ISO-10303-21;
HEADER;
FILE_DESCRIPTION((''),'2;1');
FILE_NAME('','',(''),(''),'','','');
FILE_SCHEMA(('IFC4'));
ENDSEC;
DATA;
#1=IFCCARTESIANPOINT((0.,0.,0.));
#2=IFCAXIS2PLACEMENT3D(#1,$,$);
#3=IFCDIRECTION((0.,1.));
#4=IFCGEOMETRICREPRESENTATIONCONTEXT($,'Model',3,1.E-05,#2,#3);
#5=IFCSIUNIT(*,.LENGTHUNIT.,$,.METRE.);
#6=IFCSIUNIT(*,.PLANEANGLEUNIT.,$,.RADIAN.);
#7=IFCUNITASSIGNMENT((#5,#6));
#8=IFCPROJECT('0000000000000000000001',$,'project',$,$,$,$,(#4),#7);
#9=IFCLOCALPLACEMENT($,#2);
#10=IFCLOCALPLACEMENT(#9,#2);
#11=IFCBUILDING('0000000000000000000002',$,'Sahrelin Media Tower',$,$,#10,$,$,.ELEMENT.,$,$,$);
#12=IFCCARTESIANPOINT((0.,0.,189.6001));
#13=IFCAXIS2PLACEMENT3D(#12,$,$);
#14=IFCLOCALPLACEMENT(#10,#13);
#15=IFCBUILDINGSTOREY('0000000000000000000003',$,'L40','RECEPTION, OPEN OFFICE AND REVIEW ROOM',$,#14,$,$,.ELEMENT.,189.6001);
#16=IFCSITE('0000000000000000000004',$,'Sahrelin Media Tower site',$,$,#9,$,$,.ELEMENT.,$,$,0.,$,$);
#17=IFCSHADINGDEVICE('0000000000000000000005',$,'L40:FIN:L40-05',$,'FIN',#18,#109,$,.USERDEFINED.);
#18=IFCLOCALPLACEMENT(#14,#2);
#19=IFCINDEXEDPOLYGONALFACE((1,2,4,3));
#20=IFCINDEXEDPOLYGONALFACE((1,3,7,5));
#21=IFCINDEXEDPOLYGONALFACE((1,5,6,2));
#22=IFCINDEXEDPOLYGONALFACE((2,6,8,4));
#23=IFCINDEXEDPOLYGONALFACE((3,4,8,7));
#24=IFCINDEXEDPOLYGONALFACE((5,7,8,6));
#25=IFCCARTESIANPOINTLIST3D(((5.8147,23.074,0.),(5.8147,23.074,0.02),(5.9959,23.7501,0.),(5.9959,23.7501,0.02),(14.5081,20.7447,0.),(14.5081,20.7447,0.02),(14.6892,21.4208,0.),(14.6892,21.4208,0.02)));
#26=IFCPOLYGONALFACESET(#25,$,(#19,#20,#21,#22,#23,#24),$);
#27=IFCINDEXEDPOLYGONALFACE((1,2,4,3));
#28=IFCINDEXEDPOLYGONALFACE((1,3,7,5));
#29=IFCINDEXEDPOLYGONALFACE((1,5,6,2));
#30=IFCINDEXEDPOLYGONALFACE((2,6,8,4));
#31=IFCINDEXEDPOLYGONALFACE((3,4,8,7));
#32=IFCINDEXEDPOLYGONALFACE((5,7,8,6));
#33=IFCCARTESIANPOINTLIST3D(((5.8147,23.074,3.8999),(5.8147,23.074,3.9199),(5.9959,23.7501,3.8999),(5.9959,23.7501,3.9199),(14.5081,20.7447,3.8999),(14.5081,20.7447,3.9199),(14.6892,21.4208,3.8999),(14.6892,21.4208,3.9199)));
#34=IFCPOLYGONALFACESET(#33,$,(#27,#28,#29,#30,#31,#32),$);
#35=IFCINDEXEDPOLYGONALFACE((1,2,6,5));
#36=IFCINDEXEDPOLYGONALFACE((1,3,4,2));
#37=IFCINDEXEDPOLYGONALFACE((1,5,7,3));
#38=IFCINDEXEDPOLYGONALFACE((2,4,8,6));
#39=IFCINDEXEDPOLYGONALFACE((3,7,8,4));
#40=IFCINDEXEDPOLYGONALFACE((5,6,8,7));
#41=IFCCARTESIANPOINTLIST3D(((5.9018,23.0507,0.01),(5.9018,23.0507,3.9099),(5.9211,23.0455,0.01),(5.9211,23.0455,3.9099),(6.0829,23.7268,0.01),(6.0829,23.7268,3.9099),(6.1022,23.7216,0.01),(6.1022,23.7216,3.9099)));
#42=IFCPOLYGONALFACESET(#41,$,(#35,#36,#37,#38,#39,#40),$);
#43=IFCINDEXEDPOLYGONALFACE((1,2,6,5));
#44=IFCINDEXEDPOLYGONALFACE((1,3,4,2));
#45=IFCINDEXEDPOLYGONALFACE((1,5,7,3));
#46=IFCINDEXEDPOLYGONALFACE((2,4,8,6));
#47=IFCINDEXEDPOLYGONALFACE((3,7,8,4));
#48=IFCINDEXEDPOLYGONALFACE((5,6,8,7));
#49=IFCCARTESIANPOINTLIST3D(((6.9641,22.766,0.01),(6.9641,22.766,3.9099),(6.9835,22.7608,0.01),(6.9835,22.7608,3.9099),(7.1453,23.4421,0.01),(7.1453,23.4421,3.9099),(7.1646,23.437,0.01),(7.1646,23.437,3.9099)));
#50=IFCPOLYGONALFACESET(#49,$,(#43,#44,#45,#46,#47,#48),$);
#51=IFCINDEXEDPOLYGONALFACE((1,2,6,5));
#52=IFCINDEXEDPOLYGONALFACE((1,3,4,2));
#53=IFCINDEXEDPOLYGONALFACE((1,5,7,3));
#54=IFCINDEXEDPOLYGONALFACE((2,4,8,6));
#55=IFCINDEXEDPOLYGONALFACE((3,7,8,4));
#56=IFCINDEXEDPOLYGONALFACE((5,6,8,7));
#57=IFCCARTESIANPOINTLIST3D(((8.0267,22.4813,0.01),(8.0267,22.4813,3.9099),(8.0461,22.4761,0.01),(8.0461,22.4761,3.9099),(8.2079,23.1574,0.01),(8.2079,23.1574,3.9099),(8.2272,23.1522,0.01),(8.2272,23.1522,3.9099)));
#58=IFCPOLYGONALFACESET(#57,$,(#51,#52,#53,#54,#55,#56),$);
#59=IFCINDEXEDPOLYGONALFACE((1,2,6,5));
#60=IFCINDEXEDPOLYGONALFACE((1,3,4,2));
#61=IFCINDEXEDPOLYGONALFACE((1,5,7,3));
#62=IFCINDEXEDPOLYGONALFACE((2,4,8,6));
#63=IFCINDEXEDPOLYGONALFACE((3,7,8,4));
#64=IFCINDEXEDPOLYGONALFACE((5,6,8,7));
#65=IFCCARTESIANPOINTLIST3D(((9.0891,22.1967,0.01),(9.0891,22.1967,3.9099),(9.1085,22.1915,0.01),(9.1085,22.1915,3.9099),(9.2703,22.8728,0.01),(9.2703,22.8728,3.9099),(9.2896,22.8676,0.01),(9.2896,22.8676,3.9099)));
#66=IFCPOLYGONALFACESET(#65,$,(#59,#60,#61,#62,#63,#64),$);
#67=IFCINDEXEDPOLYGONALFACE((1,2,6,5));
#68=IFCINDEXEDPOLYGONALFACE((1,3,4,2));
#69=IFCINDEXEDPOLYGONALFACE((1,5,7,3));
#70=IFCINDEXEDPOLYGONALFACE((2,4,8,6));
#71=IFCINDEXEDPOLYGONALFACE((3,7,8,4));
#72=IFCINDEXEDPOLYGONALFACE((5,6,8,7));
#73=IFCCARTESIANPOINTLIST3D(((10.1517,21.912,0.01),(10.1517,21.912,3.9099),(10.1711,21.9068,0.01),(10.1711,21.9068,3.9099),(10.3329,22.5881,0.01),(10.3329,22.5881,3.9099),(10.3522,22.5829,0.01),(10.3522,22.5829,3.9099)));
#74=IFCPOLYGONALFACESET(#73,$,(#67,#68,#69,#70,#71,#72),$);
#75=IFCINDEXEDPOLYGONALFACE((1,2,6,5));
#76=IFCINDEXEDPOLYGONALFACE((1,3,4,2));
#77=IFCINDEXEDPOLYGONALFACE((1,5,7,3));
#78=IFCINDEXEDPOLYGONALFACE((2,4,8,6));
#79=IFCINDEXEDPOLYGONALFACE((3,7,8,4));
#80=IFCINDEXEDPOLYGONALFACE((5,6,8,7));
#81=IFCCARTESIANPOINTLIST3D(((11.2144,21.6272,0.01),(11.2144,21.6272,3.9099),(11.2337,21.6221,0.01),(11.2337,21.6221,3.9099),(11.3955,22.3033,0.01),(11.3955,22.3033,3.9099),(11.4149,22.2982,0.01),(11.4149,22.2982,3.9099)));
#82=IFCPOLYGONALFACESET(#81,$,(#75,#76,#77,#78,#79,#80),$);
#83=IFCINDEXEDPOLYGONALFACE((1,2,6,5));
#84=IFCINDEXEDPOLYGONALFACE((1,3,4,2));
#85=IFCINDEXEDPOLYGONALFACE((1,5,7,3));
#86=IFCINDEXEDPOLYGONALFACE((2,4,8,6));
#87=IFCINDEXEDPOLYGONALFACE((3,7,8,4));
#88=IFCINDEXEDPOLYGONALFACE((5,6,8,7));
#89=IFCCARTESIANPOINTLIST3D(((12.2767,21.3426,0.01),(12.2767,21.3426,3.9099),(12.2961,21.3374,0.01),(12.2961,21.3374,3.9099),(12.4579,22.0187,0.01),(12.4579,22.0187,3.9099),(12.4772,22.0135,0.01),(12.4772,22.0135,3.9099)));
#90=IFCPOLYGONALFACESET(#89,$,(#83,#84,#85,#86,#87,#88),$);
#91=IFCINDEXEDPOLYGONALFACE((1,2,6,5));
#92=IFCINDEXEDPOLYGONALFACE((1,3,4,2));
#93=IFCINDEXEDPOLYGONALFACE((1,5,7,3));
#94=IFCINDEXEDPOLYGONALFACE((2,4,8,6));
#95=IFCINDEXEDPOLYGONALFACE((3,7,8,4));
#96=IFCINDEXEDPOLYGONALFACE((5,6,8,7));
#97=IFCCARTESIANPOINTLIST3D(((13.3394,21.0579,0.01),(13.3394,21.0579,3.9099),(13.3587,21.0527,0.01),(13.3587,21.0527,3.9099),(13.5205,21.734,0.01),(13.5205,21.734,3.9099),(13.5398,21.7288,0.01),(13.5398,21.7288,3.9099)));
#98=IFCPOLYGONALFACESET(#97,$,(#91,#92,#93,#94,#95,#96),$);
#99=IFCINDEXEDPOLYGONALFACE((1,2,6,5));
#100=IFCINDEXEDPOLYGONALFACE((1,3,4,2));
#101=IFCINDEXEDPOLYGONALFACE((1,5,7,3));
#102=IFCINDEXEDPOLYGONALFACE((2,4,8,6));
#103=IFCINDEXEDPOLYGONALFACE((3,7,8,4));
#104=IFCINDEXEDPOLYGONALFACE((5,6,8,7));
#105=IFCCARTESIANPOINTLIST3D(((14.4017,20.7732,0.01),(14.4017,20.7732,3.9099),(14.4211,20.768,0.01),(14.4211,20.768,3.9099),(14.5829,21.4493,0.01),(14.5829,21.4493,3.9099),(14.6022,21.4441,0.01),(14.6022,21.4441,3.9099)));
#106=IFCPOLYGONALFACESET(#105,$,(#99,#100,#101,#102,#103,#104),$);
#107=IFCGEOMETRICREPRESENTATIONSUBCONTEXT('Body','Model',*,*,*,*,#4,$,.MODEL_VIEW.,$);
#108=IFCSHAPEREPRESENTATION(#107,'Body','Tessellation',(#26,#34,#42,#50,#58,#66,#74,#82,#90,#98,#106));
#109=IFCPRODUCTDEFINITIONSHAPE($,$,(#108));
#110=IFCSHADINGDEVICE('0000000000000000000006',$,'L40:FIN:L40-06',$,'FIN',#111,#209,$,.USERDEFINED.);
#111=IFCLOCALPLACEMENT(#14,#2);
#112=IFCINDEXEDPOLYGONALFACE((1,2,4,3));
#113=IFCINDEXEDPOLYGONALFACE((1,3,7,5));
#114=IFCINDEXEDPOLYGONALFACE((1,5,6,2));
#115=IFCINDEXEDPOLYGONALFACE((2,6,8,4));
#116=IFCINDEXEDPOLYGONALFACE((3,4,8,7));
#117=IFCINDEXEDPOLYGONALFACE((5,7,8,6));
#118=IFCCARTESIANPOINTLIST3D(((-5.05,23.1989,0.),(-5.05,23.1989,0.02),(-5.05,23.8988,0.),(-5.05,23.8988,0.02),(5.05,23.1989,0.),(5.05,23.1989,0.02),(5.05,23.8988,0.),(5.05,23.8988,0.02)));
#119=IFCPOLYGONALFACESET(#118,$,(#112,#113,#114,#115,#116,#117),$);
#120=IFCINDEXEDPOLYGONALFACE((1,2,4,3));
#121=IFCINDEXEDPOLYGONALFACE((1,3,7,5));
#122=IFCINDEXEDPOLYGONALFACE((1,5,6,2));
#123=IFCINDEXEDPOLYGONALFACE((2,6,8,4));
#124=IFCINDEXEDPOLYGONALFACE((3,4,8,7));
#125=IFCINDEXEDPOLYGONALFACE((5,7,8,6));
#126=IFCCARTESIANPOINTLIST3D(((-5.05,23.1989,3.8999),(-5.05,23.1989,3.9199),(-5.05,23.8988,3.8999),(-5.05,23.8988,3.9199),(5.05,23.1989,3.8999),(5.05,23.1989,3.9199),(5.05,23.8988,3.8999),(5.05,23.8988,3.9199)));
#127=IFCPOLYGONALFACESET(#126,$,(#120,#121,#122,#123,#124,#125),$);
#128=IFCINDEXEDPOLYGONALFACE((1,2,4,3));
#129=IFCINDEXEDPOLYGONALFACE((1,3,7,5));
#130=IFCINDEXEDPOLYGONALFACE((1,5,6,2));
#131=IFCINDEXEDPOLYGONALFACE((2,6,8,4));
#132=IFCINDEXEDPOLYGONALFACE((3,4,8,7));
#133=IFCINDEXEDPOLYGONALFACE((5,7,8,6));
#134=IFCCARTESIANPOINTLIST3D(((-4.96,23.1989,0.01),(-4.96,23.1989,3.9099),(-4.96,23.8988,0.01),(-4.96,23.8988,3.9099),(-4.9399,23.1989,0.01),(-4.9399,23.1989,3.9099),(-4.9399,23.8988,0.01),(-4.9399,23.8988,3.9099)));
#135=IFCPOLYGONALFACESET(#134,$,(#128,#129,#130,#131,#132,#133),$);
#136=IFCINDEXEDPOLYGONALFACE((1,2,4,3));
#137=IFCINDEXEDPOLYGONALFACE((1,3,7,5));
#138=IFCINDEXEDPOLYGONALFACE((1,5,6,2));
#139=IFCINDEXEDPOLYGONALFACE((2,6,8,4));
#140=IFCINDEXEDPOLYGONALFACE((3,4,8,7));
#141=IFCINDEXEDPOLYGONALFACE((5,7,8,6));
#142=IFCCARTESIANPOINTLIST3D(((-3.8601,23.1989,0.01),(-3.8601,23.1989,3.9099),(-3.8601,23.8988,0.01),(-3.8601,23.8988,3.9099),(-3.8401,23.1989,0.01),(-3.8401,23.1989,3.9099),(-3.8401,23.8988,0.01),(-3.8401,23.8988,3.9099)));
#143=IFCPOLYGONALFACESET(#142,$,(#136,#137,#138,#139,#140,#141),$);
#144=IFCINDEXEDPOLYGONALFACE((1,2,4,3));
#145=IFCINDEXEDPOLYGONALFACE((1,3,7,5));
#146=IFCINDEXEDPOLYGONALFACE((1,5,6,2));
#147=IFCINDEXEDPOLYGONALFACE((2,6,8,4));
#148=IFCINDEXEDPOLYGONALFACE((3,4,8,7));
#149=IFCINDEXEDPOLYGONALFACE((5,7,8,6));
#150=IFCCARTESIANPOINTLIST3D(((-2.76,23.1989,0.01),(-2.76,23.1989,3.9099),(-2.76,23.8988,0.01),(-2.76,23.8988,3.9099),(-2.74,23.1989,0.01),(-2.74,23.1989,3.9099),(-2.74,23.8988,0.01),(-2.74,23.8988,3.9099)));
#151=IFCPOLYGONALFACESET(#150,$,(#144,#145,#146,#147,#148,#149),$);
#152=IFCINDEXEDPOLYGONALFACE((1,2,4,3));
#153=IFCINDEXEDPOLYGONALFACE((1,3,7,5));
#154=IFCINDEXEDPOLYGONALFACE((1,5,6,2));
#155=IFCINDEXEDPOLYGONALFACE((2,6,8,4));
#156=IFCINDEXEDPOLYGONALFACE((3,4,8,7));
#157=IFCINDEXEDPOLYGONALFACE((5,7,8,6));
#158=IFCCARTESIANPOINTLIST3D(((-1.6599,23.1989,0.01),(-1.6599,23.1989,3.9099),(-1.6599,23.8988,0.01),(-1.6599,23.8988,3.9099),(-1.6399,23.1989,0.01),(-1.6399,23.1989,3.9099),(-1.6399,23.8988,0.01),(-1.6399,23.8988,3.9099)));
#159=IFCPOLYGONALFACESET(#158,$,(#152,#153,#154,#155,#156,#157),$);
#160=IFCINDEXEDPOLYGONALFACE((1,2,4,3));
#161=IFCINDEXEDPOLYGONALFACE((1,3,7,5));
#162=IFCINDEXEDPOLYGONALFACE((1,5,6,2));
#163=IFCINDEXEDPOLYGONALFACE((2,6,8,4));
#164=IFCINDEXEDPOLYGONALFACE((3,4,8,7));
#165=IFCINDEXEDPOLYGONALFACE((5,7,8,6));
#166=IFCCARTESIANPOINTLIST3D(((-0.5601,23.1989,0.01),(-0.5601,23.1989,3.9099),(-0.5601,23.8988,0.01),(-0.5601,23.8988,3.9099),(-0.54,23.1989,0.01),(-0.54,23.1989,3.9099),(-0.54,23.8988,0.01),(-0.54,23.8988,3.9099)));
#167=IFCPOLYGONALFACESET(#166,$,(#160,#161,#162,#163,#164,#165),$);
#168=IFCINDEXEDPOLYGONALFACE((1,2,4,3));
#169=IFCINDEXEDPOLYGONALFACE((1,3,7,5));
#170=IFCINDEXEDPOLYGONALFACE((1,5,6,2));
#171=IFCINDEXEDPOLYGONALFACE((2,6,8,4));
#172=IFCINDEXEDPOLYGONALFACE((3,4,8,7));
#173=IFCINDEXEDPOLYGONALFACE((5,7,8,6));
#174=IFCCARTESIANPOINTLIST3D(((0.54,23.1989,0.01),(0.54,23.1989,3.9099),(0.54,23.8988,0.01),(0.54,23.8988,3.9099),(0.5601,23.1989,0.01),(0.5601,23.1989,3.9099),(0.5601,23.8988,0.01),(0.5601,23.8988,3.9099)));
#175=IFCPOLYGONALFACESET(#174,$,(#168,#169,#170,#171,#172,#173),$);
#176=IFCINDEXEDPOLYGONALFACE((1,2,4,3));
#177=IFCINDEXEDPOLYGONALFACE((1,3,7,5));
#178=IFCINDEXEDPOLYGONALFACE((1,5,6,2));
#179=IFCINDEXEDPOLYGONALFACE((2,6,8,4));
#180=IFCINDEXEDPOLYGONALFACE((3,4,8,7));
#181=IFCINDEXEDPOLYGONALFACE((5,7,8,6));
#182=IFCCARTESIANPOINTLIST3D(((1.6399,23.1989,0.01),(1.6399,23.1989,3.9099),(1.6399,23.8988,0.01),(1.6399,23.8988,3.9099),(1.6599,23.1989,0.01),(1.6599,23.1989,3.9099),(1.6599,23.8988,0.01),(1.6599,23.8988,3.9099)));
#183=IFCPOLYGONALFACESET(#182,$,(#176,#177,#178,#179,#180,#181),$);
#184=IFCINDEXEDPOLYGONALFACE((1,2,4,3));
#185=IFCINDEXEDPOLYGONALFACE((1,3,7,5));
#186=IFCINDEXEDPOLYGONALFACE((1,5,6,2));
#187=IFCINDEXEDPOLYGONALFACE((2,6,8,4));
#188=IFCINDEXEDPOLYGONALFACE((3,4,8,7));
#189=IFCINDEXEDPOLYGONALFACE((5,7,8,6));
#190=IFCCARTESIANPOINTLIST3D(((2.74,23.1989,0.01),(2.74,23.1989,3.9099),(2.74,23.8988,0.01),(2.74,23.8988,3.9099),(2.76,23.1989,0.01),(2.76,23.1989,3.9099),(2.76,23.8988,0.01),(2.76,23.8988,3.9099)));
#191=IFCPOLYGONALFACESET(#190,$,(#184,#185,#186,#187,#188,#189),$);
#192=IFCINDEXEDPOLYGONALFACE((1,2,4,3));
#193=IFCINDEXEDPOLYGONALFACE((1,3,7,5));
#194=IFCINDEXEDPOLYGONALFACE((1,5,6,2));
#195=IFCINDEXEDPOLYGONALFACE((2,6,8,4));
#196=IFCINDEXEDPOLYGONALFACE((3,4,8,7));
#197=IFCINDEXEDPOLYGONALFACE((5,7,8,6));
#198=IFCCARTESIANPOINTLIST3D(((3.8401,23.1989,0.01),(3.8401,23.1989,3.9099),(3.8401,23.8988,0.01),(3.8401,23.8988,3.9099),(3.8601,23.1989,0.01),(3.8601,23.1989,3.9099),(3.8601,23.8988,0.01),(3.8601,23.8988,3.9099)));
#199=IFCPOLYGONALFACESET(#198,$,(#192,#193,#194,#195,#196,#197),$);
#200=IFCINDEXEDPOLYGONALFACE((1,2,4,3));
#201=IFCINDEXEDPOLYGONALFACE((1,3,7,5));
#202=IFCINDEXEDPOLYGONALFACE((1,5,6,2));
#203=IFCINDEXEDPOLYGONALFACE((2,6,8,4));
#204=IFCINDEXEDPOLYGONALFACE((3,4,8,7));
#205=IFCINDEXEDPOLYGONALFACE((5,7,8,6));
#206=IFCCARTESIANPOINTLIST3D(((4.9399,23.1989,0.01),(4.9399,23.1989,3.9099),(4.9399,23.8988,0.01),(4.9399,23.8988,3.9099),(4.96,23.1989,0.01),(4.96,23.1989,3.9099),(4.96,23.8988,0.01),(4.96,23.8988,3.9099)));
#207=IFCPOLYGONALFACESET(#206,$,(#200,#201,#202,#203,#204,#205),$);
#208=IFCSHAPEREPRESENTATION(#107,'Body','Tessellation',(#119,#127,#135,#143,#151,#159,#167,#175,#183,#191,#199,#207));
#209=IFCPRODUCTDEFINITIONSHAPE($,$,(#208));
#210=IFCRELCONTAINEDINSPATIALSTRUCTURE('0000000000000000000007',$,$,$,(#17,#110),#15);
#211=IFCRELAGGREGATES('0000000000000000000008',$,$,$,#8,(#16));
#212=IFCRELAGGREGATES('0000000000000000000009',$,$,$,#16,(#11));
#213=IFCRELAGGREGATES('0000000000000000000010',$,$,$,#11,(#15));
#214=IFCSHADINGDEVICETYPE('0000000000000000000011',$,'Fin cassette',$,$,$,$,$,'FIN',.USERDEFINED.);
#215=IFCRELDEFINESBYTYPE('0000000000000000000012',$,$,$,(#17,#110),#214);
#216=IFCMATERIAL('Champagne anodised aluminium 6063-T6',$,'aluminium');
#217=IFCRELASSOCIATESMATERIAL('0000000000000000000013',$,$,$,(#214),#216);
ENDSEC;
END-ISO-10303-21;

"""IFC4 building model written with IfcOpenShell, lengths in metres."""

from ifc_helpers import new_model, si_unit, direction, frame, origin, origin_2d, place, context, subcontext, project, spatial, rectangle, extrude, material, type_object, element, save


model = new_model("IFC4")

# Units and contexts
model_context = context("Model", 3, precision=1e-05, world=origin(), true_north=direction((0.0, 1.0)))
body_context = subcontext(model_context, "Body", "Model", "MODEL_VIEW")
ifc_project = project(units=[si_unit("LENGTHUNIT", "METRE"), si_unit("PLANEANGLEUNIT", "RADIAN")], contexts=[model_context])

# Site, building, storey
site_placement = place(None, origin())
site = spatial("IfcSite", under=ifc_project, at=site_placement, Name="Sahrelin Media Tower site", CompositionType="ELEMENT", RefElevation=0.0)
building_placement = place(site_placement, origin())
building = spatial("IfcBuilding", under=site, at=building_placement, Name="Sahrelin Media Tower", CompositionType="ELEMENT")
storey_placement = place(building_placement, frame((0.0, 0.0, 189.6001)))
storey = spatial("IfcBuildingStorey", under=building, at=storey_placement, Name="L40", Description="RECEPTION, OPEN OFFICE AND REVIEW ROOM", CompositionType="ELEMENT", Elevation=189.6001)

# Shared definitions
ifc_material_1 = material(Name="Champagne anodised aluminium 6063-T6", Category="aluminium")
placement_1 = place(storey_placement, frame((0.0, 23.1289, 0.0), z_axis=(0.0, 0.0, 1.0), x_axis=(1.0, 0.0, 0.0)))

# Shading devices
shading_device_type_1 = type_object("IfcShadingDeviceType", Name="Fin cassette", ElementType="FIN", PredefinedType="USERDEFINED", material=ifc_material_1)
placement_2 = place(storey_placement, frame((10.1433, 21.8418, 0.0), z_axis=(0.0, 0.0, 1.0), x_axis=(0.965929, -0.258808, 0.0)))
element("IfcShadingDevice", 1, at=placement_2, inside=storey, type_object=shading_device_type_1, Name="L40:FIN:L40-05", ObjectType="FIN", PredefinedType="USERDEFINED", context=body_context, shape_type="SweptSolid", body=[
    extrude(rectangle(XDim=9.0, YDim=0.7, at=origin_2d()), frame((0.0, 0.4199, 0.0)), (0.0, 0.0, 1.0), 0.02),
    extrude(rectangle(XDim=9.0, YDim=0.7, at=origin_2d()), frame((0.0, 0.4199, 3.8999)), (0.0, 0.0, 1.0), 0.02),
    extrude(rectangle(XDim=0.02, YDim=0.7, at=origin_2d()), frame((-4.3999, 0.4199, 0.01), z_axis=(0.0, 0.0, 1.0), x_axis=(1.0, 0.0, 0.0)), (0.0, 0.0, 1.0), 3.8999),
    extrude(rectangle(XDim=0.02, YDim=0.7, at=origin_2d()), frame((-3.3, 0.4199, 0.01), z_axis=(0.0, 0.0, 1.0), x_axis=(1.0, 0.0, 0.0)), (0.0, 0.0, 1.0), 3.8999),
    extrude(rectangle(XDim=0.02, YDim=0.7, at=origin_2d()), frame((-2.2, 0.4199, 0.01), z_axis=(0.0, 0.0, 1.0), x_axis=(1.0, 0.0, 0.0)), (0.0, 0.0, 1.0), 3.8999),
    extrude(rectangle(XDim=0.02, YDim=0.7, at=origin_2d()), frame((-1.1001, 0.4199, 0.01), z_axis=(0.0, 0.0, 1.0), x_axis=(1.0, 0.0, 0.0)), (0.0, 0.0, 1.0), 3.8999),
    extrude(rectangle(XDim=0.02, YDim=0.7, at=origin_2d()), frame((0.0, 0.4199, 0.01), z_axis=(0.0, 0.0, 1.0), x_axis=(1.0, 0.0, 0.0)), (0.0, 0.0, 1.0), 3.8999),
    extrude(rectangle(XDim=0.02, YDim=0.7, at=origin_2d()), frame((1.1001, 0.4199, 0.01), z_axis=(0.0, 0.0, 1.0), x_axis=(1.0, 0.0, 0.0)), (0.0, 0.0, 1.0), 3.8999),
    extrude(rectangle(XDim=0.02, YDim=0.7, at=origin_2d()), frame((2.2, 0.4199, 0.01), z_axis=(0.0, 0.0, 1.0), x_axis=(1.0, 0.0, 0.0)), (0.0, 0.0, 1.0), 3.8999),
    extrude(rectangle(XDim=0.02, YDim=0.7, at=origin_2d()), frame((3.3, 0.4199, 0.01), z_axis=(0.0, 0.0, 1.0), x_axis=(1.0, 0.0, 0.0)), (0.0, 0.0, 1.0), 3.8999),
    extrude(rectangle(XDim=0.02, YDim=0.7, at=origin_2d()), frame((4.3999, 0.4199, 0.01), z_axis=(0.0, 0.0, 1.0), x_axis=(1.0, 0.0, 0.0)), (0.0, 0.0, 1.0), 3.8999),
])
element("IfcShadingDevice", 2, at=placement_1, inside=storey, type_object=shading_device_type_1, Name="L40:FIN:L40-06", ObjectType="FIN", PredefinedType="USERDEFINED", context=body_context, shape_type="SweptSolid", body=[
    extrude(rectangle(XDim=10.1001, YDim=0.7, at=origin_2d()), frame((0.0, 0.4199, 0.0)), (0.0, 0.0, 1.0), 0.02),
    extrude(rectangle(XDim=10.1001, YDim=0.7, at=origin_2d()), frame((0.0, 0.4199, 3.8999)), (0.0, 0.0, 1.0), 0.02),
    extrude(rectangle(XDim=0.02, YDim=0.7, at=origin_2d()), frame((-4.95, 0.4199, 0.01), z_axis=(0.0, 0.0, 1.0), x_axis=(1.0, 0.0, 0.0)), (0.0, 0.0, 1.0), 3.8999),
    extrude(rectangle(XDim=0.02, YDim=0.7, at=origin_2d()), frame((-3.8501, 0.4199, 0.01), z_axis=(0.0, 0.0, 1.0), x_axis=(1.0, 0.0, 0.0)), (0.0, 0.0, 1.0), 3.8999),
    extrude(rectangle(XDim=0.02, YDim=0.7, at=origin_2d()), frame((-2.75, 0.4199, 0.01), z_axis=(0.0, 0.0, 1.0), x_axis=(1.0, 0.0, 0.0)), (0.0, 0.0, 1.0), 3.8999),
    extrude(rectangle(XDim=0.02, YDim=0.7, at=origin_2d()), frame((-1.6499, 0.4199, 0.01), z_axis=(0.0, 0.0, 1.0), x_axis=(1.0, 0.0, 0.0)), (0.0, 0.0, 1.0), 3.8999),
    extrude(rectangle(XDim=0.02, YDim=0.7, at=origin_2d()), frame((-0.55, 0.4199, 0.01), z_axis=(0.0, 0.0, 1.0), x_axis=(1.0, 0.0, 0.0)), (0.0, 0.0, 1.0), 3.8999),
    extrude(rectangle(XDim=0.02, YDim=0.7, at=origin_2d()), frame((0.55, 0.4199, 0.01), z_axis=(0.0, 0.0, 1.0), x_axis=(1.0, 0.0, 0.0)), (0.0, 0.0, 1.0), 3.8999),
    extrude(rectangle(XDim=0.02, YDim=0.7, at=origin_2d()), frame((1.6499, 0.4199, 0.01), z_axis=(0.0, 0.0, 1.0), x_axis=(1.0, 0.0, 0.0)), (0.0, 0.0, 1.0), 3.8999),
    extrude(rectangle(XDim=0.02, YDim=0.7, at=origin_2d()), frame((2.75, 0.4199, 0.01), z_axis=(0.0, 0.0, 1.0), x_axis=(1.0, 0.0, 0.0)), (0.0, 0.0, 1.0), 3.8999),
    extrude(rectangle(XDim=0.02, YDim=0.7, at=origin_2d()), frame((3.8501, 0.4199, 0.01), z_axis=(0.0, 0.0, 1.0), x_axis=(1.0, 0.0, 0.0)), (0.0, 0.0, 1.0), 3.8999),
    extrude(rectangle(XDim=0.02, YDim=0.7, at=origin_2d()), frame((4.95, 0.4199, 0.01), z_axis=(0.0, 0.0, 1.0), x_axis=(1.0, 0.0, 0.0)), (0.0, 0.0, 1.0), 3.8999),
])

save(model, "model.ifc")
